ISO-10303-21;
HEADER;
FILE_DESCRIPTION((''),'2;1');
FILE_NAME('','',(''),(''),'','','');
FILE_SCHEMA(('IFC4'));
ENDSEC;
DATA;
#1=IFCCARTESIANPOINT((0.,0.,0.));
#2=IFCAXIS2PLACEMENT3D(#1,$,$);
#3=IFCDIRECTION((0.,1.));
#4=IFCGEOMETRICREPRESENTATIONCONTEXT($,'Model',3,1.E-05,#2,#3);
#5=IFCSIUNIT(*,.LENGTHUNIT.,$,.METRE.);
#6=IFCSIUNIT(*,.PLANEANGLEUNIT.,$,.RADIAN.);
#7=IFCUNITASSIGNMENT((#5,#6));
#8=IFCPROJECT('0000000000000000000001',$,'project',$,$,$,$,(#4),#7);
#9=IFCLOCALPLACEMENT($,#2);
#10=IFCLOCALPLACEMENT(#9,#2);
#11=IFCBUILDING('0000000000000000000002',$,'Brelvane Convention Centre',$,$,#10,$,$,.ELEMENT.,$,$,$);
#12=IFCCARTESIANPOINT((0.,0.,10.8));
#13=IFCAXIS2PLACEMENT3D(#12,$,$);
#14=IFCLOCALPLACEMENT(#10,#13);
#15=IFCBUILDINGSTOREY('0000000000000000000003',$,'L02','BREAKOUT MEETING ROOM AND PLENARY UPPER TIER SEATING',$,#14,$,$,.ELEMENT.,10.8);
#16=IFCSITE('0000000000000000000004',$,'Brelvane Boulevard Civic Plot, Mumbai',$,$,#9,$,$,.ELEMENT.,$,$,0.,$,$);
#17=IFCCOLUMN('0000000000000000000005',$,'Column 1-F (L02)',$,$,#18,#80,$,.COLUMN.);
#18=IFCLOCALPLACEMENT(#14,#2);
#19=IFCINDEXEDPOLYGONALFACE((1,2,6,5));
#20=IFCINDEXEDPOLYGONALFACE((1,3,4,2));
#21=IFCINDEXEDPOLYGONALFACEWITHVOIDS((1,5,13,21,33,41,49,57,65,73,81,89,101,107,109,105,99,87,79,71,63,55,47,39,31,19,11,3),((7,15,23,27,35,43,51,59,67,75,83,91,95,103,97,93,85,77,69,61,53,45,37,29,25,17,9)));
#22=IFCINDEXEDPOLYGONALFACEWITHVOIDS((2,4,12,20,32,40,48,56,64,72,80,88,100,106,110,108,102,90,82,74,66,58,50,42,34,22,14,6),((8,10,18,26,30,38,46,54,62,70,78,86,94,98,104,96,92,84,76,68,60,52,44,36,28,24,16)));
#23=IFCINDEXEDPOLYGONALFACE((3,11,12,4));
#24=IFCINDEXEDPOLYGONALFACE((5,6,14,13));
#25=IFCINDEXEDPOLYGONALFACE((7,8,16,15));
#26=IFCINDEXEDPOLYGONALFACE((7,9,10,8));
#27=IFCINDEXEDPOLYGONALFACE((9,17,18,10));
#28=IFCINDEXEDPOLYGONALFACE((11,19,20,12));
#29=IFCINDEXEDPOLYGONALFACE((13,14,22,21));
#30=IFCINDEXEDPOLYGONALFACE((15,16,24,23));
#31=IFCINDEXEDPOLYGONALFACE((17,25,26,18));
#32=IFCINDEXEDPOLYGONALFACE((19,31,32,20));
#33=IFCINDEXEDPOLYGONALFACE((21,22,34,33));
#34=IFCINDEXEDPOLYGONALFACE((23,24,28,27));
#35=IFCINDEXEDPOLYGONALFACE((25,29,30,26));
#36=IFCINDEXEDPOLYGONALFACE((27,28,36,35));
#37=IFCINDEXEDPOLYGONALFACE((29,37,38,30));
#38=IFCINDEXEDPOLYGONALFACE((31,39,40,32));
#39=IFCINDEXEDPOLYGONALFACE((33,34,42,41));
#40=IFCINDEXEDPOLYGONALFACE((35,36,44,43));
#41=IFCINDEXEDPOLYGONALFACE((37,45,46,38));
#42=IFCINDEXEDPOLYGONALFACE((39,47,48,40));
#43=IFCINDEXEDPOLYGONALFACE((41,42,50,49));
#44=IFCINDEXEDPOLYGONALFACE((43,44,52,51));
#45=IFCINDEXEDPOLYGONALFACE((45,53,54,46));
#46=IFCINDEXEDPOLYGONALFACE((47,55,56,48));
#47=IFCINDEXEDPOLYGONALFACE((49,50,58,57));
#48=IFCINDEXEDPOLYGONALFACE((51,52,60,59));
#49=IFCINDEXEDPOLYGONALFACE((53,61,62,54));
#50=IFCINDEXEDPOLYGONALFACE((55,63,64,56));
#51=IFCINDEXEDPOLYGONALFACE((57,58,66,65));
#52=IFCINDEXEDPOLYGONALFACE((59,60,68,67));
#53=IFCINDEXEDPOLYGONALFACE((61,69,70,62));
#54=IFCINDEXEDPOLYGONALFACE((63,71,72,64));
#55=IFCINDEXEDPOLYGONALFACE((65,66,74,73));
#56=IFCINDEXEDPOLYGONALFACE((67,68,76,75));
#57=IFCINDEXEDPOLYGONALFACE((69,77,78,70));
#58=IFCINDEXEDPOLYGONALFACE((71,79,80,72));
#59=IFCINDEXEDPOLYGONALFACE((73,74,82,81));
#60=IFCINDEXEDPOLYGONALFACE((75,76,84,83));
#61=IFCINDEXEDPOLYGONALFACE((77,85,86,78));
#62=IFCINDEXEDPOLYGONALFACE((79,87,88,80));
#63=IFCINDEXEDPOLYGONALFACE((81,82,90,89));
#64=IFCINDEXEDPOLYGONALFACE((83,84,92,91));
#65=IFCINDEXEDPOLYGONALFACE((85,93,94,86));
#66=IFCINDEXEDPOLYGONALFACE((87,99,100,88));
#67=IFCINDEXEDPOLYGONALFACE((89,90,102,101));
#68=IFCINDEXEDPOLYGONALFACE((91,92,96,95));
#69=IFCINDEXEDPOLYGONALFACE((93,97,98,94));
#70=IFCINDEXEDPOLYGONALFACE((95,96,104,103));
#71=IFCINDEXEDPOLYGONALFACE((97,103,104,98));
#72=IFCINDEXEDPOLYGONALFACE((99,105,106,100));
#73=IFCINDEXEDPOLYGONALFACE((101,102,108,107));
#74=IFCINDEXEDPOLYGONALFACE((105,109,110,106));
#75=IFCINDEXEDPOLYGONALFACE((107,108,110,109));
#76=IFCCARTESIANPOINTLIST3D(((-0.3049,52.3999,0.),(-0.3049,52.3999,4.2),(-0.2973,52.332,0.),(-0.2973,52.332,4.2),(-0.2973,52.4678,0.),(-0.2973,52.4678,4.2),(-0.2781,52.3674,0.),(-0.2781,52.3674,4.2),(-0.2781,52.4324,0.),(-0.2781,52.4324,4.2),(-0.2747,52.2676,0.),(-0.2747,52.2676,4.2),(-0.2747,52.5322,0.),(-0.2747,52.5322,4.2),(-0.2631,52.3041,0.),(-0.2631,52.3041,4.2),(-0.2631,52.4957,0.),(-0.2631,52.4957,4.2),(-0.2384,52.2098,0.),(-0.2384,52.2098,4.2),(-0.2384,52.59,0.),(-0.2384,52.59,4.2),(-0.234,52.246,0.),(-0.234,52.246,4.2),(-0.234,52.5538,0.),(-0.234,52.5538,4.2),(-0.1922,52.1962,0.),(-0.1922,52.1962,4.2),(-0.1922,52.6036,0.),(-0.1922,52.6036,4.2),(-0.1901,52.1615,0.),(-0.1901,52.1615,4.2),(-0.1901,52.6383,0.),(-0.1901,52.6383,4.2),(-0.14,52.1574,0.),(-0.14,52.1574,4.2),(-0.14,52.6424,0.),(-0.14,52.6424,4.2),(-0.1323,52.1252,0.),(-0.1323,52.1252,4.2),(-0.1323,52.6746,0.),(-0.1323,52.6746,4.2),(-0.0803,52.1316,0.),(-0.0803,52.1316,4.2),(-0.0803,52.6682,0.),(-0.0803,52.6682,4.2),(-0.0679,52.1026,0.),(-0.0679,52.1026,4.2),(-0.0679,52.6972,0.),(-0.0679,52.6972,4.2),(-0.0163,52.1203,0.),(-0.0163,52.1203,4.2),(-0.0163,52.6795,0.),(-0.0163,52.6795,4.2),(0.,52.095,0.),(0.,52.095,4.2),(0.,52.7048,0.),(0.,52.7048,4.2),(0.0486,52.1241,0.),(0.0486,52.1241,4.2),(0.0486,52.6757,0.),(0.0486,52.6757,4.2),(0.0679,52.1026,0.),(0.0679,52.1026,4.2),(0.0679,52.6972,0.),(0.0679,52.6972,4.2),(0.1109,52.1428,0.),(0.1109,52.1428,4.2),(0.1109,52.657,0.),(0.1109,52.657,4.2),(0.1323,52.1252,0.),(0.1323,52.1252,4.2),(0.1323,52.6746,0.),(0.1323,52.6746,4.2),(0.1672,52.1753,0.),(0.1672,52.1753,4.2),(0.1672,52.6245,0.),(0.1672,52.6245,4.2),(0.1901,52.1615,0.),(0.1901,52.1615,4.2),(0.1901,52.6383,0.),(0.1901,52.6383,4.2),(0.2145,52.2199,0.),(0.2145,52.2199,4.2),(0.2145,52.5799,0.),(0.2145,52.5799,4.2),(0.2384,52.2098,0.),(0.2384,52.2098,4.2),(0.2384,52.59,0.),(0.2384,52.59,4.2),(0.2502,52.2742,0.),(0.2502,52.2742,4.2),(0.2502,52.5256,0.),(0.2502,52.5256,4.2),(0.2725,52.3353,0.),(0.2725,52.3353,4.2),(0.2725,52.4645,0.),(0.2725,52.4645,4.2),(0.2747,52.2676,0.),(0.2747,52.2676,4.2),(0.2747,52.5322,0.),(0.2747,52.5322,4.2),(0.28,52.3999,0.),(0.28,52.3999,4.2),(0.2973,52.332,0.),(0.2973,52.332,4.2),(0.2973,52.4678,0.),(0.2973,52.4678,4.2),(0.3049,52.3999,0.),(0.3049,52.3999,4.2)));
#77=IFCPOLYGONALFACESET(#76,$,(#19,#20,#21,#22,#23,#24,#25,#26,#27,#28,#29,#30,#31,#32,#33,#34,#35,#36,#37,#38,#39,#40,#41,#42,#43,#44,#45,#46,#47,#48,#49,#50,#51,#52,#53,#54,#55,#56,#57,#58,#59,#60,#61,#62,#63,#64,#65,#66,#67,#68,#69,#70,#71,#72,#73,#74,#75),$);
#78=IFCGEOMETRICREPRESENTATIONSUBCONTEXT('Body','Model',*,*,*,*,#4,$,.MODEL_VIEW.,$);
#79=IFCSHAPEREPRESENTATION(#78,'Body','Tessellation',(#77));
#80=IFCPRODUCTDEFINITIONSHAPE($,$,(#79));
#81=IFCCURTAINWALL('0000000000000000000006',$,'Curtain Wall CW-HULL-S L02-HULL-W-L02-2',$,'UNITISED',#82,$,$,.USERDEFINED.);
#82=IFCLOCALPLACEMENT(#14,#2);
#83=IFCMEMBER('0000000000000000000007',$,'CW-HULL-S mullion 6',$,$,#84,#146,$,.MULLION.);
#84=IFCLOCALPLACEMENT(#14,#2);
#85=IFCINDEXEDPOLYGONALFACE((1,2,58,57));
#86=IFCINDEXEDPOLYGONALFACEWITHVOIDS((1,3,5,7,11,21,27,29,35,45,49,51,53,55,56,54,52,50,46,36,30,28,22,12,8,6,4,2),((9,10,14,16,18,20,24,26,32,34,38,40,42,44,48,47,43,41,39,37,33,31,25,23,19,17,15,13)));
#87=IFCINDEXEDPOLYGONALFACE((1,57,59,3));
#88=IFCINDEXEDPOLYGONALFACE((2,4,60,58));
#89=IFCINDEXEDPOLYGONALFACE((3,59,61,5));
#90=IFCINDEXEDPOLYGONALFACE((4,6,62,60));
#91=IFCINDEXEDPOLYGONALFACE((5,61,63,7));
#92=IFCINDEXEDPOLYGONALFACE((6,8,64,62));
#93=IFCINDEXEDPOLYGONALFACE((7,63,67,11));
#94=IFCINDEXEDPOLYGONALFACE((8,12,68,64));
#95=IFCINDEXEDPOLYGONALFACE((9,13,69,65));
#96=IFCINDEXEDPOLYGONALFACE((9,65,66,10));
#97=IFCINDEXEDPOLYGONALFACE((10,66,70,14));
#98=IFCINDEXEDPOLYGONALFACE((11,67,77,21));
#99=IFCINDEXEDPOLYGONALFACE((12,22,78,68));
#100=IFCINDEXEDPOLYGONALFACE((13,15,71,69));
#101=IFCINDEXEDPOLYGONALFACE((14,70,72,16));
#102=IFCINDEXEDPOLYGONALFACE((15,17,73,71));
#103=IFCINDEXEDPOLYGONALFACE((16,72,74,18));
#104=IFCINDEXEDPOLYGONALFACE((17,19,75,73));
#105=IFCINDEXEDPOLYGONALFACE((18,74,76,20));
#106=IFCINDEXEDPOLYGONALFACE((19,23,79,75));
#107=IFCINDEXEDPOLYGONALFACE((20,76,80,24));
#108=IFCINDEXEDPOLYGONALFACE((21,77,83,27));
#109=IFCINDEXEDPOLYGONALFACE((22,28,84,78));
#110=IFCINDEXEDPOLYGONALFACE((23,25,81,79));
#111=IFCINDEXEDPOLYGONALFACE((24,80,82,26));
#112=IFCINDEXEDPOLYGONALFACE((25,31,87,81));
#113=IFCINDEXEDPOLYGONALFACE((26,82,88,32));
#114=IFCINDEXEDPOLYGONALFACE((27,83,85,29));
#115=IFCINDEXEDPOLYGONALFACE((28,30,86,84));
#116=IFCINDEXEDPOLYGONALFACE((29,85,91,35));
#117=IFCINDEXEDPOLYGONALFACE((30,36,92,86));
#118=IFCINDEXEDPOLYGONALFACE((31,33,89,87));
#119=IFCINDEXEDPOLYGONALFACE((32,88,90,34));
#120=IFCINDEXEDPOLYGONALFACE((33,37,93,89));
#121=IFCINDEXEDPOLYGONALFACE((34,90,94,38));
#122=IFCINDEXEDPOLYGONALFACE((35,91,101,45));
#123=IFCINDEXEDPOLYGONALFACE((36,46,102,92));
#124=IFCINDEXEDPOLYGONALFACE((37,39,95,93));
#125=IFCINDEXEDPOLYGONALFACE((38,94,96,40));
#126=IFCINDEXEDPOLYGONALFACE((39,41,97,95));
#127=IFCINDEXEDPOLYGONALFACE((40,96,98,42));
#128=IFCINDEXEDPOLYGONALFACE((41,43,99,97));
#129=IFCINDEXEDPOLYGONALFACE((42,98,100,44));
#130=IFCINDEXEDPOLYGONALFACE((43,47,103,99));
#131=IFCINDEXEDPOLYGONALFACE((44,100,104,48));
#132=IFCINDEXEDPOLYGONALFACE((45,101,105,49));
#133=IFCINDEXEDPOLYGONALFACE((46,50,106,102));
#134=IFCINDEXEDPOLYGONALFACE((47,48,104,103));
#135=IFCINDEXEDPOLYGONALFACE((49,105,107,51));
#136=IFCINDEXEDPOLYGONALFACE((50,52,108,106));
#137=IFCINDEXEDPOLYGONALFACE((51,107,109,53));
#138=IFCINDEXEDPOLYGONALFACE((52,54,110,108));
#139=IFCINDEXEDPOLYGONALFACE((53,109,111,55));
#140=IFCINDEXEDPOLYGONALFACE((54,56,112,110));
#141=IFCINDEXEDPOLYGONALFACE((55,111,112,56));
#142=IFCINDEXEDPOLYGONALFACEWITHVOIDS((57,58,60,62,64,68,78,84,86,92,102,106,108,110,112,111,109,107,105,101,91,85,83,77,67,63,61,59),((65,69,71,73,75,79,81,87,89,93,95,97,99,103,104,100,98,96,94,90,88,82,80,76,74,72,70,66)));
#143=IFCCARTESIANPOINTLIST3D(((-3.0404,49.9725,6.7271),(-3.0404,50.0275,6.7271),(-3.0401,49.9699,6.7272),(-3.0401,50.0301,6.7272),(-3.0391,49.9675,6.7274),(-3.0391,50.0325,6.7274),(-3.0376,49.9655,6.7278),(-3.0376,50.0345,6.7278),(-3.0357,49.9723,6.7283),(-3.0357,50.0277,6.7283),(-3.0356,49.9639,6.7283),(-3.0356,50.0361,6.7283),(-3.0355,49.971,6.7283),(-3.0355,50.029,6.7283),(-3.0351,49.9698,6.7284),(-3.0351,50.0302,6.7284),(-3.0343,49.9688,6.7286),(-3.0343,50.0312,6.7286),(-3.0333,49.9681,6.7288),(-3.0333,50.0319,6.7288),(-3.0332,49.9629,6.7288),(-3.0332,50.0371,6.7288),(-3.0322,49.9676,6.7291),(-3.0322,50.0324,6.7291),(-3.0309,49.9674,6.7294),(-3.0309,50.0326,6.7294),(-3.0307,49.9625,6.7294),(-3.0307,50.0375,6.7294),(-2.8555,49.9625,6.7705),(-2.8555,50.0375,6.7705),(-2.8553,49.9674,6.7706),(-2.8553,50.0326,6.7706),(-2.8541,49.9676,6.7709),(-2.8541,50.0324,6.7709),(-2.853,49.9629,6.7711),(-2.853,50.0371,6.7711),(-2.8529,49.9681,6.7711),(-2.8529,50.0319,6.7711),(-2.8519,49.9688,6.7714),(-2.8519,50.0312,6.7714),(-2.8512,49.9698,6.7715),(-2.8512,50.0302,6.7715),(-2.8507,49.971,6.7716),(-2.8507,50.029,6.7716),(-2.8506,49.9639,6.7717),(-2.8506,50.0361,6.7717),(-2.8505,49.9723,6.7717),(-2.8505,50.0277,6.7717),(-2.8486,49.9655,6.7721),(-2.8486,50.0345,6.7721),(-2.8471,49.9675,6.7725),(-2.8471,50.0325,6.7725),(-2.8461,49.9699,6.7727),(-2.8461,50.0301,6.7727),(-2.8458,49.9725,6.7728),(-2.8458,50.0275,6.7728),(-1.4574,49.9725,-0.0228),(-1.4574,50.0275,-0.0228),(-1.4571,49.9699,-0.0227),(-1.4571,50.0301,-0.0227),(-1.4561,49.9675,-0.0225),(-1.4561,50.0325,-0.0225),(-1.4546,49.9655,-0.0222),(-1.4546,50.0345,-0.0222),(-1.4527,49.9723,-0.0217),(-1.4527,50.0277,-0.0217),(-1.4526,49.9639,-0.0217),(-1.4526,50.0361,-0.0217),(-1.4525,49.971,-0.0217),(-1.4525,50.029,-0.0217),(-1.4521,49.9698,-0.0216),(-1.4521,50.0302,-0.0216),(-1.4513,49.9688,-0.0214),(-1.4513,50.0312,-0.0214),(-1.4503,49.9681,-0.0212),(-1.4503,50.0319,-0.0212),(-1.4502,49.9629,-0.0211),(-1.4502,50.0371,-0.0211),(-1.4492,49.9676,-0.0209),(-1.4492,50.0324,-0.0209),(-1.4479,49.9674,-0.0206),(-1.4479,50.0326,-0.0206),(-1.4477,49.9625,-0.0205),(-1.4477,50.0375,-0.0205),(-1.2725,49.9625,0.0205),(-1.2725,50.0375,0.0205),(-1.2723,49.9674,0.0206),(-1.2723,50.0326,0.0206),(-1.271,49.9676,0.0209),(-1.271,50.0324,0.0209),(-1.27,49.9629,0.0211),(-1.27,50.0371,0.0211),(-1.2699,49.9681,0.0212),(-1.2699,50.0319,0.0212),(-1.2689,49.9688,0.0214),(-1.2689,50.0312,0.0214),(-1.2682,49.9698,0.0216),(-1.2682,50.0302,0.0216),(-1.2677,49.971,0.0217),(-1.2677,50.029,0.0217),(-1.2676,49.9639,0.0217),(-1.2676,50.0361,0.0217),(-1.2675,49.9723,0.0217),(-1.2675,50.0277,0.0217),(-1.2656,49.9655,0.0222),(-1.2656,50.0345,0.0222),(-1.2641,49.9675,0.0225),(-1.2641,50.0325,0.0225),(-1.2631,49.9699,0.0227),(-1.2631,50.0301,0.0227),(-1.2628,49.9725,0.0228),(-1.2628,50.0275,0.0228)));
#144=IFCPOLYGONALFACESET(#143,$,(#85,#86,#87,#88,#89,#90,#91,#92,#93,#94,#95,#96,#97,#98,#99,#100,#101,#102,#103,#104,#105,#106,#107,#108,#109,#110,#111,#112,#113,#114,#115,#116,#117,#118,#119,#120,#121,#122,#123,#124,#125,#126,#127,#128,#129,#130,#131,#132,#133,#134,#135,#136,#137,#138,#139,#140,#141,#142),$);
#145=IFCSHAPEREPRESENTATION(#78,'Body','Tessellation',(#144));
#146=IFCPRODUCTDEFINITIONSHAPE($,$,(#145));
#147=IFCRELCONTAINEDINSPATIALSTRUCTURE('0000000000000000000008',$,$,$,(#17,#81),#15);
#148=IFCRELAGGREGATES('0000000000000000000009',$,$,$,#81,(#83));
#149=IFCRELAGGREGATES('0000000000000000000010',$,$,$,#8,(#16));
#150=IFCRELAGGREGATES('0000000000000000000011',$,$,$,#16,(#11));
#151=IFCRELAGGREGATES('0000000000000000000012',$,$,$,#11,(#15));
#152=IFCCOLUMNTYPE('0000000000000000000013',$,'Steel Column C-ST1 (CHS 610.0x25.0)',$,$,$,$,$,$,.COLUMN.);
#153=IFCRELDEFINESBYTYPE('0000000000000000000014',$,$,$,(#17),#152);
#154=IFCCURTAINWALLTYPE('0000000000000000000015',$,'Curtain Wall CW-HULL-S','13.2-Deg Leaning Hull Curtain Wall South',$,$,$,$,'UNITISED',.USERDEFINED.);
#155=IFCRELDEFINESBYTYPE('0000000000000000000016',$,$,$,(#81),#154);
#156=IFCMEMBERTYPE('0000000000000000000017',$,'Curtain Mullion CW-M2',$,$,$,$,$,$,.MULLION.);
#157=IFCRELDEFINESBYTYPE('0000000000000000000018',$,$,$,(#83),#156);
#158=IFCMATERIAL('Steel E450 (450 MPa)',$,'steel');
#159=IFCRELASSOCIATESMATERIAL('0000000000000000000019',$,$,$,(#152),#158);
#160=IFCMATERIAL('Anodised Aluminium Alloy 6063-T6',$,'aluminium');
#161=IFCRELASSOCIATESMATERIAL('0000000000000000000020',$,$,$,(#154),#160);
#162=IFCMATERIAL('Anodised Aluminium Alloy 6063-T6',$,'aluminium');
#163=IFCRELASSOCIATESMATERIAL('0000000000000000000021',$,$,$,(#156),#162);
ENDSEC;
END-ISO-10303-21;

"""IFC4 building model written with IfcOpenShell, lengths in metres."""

from ifc_helpers import new_model, si_unit, direction, frame, origin, origin_2d, place, context, subcontext, project, spatial, hollow_rectangle, hollow_circle, extrude, material, material_profile, profile_set, type_object, element, aggregate, save


model = new_model("IFC4")

# Units and contexts
model_context = context("Model", 3, precision=1e-05, world=origin(), true_north=direction((0.0, 1.0)))
body_context = subcontext(model_context, "Body", "Model", "MODEL_VIEW")
ifc_project = project(units=[si_unit("LENGTHUNIT", "METRE"), si_unit("PLANEANGLEUNIT", "RADIAN")], contexts=[model_context])

# Site, building, storey
site_placement = place(None, origin())
site = spatial("IfcSite", under=ifc_project, at=site_placement, Name="Brelvane Boulevard Civic Plot, Mumbai", CompositionType="ELEMENT", RefElevation=0.0)
building_placement = place(site_placement, origin())
building = spatial("IfcBuilding", under=site, at=building_placement, Name="Brelvane Convention Centre", CompositionType="ELEMENT")
storey_placement = place(building_placement, frame((0.0, 0.0, 10.8)))
storey = spatial("IfcBuildingStorey", under=building, at=storey_placement, Name="L02", Description="BREAKOUT MEETING ROOM AND PLENARY UPPER TIER SEATING", CompositionType="ELEMENT", Elevation=10.8)

# Column
ifc_material_1 = material(Name="Steel E450 (450 MPa)", Category="steel")
ifc_material_profile_1 = material_profile(ifc_material_1, hollow_circle(Radius=0.3049, WallThickness=0.0249, at=origin_2d()), Name="CHS 610.0x25.0")
ifc_profile_set_1 = profile_set([ifc_material_profile_1], Name="Steel E450 (450 MPa)")
column_type = type_object("IfcColumnType", Name="Steel Column C-ST1 (CHS 610.0x25.0)", PredefinedType="COLUMN", material=ifc_profile_set_1)
column_placement = place(storey_placement, frame((0.0, 52.3999, 0.0), z_axis=(0.0, 0.0, 1.0), x_axis=(1.0, 0.0, 0.0)))
element("IfcColumn", 1, at=column_placement, inside=storey, type_object=column_type, Name="Column 1-F (L02)", PredefinedType="COLUMN", context=body_context, shape_type="SweptSolid", body=[
    extrude(hollow_circle(Radius=0.3049, WallThickness=0.0249, at=origin_2d()), origin(), (0.0, 0.0, 1.0), 4.2),
])

# Curtain wall, member
ifc_material_2 = material(Name="Anodised Aluminium Alloy 6063-T6", Category="aluminium")
curtain_wall_type = type_object("IfcCurtainWallType", Name="Curtain Wall CW-HULL-S", Description="13.2-Deg Leaning Hull Curtain Wall South", ElementType="UNITISED", PredefinedType="USERDEFINED", material=ifc_material_2)
curtain_wall_1_placement = place(storey_placement, origin())
curtain_wall_1 = element("IfcCurtainWall", 2, at=curtain_wall_1_placement, inside=storey, type_object=curtain_wall_type, Name="Curtain Wall CW-HULL-S L02-HULL-W-L02-2", ObjectType="UNITISED", PredefinedType="USERDEFINED")
ifc_material_3 = material(Name="Anodised Aluminium Alloy 6063-T6", Category="aluminium")
ifc_material_profile_2 = material_profile(ifc_material_3, hollow_rectangle(XDim=0.075, YDim=0.2, WallThickness=0.0049, InnerFilletRadius=0.0049, OuterFilletRadius=0.01, at=origin_2d()), Name="ALU-M 200x75x5.0")
ifc_profile_set_2 = profile_set([ifc_material_profile_2], Name="Anodised Aluminium Alloy 6063-T6")
member_type_1 = type_object("IfcMemberType", Name="Curtain Mullion CW-M2", PredefinedType="MULLION", material=ifc_profile_set_2)
member_1_placement = place(storey_placement, frame((-1.3601, 50.0, 0.0), z_axis=(-0.228325, 0.0, 0.973585), x_axis=(0.0, -1.0, 0.0)))
member_1 = element("IfcMember", 3, at=member_1_placement, type_object=member_type_1, Name="CW-HULL-S mullion 6", PredefinedType="MULLION", context=body_context, shape_type="SweptSolid", body=[
    extrude(hollow_rectangle(XDim=0.075, YDim=0.2, WallThickness=0.0049, InnerFilletRadius=0.0049, OuterFilletRadius=0.01, at=origin_2d()), origin(), (0.0, 0.0, 1.0), 6.9331),
])

aggregate(curtain_wall_1, [member_1])

save(model, "model.ifc")
